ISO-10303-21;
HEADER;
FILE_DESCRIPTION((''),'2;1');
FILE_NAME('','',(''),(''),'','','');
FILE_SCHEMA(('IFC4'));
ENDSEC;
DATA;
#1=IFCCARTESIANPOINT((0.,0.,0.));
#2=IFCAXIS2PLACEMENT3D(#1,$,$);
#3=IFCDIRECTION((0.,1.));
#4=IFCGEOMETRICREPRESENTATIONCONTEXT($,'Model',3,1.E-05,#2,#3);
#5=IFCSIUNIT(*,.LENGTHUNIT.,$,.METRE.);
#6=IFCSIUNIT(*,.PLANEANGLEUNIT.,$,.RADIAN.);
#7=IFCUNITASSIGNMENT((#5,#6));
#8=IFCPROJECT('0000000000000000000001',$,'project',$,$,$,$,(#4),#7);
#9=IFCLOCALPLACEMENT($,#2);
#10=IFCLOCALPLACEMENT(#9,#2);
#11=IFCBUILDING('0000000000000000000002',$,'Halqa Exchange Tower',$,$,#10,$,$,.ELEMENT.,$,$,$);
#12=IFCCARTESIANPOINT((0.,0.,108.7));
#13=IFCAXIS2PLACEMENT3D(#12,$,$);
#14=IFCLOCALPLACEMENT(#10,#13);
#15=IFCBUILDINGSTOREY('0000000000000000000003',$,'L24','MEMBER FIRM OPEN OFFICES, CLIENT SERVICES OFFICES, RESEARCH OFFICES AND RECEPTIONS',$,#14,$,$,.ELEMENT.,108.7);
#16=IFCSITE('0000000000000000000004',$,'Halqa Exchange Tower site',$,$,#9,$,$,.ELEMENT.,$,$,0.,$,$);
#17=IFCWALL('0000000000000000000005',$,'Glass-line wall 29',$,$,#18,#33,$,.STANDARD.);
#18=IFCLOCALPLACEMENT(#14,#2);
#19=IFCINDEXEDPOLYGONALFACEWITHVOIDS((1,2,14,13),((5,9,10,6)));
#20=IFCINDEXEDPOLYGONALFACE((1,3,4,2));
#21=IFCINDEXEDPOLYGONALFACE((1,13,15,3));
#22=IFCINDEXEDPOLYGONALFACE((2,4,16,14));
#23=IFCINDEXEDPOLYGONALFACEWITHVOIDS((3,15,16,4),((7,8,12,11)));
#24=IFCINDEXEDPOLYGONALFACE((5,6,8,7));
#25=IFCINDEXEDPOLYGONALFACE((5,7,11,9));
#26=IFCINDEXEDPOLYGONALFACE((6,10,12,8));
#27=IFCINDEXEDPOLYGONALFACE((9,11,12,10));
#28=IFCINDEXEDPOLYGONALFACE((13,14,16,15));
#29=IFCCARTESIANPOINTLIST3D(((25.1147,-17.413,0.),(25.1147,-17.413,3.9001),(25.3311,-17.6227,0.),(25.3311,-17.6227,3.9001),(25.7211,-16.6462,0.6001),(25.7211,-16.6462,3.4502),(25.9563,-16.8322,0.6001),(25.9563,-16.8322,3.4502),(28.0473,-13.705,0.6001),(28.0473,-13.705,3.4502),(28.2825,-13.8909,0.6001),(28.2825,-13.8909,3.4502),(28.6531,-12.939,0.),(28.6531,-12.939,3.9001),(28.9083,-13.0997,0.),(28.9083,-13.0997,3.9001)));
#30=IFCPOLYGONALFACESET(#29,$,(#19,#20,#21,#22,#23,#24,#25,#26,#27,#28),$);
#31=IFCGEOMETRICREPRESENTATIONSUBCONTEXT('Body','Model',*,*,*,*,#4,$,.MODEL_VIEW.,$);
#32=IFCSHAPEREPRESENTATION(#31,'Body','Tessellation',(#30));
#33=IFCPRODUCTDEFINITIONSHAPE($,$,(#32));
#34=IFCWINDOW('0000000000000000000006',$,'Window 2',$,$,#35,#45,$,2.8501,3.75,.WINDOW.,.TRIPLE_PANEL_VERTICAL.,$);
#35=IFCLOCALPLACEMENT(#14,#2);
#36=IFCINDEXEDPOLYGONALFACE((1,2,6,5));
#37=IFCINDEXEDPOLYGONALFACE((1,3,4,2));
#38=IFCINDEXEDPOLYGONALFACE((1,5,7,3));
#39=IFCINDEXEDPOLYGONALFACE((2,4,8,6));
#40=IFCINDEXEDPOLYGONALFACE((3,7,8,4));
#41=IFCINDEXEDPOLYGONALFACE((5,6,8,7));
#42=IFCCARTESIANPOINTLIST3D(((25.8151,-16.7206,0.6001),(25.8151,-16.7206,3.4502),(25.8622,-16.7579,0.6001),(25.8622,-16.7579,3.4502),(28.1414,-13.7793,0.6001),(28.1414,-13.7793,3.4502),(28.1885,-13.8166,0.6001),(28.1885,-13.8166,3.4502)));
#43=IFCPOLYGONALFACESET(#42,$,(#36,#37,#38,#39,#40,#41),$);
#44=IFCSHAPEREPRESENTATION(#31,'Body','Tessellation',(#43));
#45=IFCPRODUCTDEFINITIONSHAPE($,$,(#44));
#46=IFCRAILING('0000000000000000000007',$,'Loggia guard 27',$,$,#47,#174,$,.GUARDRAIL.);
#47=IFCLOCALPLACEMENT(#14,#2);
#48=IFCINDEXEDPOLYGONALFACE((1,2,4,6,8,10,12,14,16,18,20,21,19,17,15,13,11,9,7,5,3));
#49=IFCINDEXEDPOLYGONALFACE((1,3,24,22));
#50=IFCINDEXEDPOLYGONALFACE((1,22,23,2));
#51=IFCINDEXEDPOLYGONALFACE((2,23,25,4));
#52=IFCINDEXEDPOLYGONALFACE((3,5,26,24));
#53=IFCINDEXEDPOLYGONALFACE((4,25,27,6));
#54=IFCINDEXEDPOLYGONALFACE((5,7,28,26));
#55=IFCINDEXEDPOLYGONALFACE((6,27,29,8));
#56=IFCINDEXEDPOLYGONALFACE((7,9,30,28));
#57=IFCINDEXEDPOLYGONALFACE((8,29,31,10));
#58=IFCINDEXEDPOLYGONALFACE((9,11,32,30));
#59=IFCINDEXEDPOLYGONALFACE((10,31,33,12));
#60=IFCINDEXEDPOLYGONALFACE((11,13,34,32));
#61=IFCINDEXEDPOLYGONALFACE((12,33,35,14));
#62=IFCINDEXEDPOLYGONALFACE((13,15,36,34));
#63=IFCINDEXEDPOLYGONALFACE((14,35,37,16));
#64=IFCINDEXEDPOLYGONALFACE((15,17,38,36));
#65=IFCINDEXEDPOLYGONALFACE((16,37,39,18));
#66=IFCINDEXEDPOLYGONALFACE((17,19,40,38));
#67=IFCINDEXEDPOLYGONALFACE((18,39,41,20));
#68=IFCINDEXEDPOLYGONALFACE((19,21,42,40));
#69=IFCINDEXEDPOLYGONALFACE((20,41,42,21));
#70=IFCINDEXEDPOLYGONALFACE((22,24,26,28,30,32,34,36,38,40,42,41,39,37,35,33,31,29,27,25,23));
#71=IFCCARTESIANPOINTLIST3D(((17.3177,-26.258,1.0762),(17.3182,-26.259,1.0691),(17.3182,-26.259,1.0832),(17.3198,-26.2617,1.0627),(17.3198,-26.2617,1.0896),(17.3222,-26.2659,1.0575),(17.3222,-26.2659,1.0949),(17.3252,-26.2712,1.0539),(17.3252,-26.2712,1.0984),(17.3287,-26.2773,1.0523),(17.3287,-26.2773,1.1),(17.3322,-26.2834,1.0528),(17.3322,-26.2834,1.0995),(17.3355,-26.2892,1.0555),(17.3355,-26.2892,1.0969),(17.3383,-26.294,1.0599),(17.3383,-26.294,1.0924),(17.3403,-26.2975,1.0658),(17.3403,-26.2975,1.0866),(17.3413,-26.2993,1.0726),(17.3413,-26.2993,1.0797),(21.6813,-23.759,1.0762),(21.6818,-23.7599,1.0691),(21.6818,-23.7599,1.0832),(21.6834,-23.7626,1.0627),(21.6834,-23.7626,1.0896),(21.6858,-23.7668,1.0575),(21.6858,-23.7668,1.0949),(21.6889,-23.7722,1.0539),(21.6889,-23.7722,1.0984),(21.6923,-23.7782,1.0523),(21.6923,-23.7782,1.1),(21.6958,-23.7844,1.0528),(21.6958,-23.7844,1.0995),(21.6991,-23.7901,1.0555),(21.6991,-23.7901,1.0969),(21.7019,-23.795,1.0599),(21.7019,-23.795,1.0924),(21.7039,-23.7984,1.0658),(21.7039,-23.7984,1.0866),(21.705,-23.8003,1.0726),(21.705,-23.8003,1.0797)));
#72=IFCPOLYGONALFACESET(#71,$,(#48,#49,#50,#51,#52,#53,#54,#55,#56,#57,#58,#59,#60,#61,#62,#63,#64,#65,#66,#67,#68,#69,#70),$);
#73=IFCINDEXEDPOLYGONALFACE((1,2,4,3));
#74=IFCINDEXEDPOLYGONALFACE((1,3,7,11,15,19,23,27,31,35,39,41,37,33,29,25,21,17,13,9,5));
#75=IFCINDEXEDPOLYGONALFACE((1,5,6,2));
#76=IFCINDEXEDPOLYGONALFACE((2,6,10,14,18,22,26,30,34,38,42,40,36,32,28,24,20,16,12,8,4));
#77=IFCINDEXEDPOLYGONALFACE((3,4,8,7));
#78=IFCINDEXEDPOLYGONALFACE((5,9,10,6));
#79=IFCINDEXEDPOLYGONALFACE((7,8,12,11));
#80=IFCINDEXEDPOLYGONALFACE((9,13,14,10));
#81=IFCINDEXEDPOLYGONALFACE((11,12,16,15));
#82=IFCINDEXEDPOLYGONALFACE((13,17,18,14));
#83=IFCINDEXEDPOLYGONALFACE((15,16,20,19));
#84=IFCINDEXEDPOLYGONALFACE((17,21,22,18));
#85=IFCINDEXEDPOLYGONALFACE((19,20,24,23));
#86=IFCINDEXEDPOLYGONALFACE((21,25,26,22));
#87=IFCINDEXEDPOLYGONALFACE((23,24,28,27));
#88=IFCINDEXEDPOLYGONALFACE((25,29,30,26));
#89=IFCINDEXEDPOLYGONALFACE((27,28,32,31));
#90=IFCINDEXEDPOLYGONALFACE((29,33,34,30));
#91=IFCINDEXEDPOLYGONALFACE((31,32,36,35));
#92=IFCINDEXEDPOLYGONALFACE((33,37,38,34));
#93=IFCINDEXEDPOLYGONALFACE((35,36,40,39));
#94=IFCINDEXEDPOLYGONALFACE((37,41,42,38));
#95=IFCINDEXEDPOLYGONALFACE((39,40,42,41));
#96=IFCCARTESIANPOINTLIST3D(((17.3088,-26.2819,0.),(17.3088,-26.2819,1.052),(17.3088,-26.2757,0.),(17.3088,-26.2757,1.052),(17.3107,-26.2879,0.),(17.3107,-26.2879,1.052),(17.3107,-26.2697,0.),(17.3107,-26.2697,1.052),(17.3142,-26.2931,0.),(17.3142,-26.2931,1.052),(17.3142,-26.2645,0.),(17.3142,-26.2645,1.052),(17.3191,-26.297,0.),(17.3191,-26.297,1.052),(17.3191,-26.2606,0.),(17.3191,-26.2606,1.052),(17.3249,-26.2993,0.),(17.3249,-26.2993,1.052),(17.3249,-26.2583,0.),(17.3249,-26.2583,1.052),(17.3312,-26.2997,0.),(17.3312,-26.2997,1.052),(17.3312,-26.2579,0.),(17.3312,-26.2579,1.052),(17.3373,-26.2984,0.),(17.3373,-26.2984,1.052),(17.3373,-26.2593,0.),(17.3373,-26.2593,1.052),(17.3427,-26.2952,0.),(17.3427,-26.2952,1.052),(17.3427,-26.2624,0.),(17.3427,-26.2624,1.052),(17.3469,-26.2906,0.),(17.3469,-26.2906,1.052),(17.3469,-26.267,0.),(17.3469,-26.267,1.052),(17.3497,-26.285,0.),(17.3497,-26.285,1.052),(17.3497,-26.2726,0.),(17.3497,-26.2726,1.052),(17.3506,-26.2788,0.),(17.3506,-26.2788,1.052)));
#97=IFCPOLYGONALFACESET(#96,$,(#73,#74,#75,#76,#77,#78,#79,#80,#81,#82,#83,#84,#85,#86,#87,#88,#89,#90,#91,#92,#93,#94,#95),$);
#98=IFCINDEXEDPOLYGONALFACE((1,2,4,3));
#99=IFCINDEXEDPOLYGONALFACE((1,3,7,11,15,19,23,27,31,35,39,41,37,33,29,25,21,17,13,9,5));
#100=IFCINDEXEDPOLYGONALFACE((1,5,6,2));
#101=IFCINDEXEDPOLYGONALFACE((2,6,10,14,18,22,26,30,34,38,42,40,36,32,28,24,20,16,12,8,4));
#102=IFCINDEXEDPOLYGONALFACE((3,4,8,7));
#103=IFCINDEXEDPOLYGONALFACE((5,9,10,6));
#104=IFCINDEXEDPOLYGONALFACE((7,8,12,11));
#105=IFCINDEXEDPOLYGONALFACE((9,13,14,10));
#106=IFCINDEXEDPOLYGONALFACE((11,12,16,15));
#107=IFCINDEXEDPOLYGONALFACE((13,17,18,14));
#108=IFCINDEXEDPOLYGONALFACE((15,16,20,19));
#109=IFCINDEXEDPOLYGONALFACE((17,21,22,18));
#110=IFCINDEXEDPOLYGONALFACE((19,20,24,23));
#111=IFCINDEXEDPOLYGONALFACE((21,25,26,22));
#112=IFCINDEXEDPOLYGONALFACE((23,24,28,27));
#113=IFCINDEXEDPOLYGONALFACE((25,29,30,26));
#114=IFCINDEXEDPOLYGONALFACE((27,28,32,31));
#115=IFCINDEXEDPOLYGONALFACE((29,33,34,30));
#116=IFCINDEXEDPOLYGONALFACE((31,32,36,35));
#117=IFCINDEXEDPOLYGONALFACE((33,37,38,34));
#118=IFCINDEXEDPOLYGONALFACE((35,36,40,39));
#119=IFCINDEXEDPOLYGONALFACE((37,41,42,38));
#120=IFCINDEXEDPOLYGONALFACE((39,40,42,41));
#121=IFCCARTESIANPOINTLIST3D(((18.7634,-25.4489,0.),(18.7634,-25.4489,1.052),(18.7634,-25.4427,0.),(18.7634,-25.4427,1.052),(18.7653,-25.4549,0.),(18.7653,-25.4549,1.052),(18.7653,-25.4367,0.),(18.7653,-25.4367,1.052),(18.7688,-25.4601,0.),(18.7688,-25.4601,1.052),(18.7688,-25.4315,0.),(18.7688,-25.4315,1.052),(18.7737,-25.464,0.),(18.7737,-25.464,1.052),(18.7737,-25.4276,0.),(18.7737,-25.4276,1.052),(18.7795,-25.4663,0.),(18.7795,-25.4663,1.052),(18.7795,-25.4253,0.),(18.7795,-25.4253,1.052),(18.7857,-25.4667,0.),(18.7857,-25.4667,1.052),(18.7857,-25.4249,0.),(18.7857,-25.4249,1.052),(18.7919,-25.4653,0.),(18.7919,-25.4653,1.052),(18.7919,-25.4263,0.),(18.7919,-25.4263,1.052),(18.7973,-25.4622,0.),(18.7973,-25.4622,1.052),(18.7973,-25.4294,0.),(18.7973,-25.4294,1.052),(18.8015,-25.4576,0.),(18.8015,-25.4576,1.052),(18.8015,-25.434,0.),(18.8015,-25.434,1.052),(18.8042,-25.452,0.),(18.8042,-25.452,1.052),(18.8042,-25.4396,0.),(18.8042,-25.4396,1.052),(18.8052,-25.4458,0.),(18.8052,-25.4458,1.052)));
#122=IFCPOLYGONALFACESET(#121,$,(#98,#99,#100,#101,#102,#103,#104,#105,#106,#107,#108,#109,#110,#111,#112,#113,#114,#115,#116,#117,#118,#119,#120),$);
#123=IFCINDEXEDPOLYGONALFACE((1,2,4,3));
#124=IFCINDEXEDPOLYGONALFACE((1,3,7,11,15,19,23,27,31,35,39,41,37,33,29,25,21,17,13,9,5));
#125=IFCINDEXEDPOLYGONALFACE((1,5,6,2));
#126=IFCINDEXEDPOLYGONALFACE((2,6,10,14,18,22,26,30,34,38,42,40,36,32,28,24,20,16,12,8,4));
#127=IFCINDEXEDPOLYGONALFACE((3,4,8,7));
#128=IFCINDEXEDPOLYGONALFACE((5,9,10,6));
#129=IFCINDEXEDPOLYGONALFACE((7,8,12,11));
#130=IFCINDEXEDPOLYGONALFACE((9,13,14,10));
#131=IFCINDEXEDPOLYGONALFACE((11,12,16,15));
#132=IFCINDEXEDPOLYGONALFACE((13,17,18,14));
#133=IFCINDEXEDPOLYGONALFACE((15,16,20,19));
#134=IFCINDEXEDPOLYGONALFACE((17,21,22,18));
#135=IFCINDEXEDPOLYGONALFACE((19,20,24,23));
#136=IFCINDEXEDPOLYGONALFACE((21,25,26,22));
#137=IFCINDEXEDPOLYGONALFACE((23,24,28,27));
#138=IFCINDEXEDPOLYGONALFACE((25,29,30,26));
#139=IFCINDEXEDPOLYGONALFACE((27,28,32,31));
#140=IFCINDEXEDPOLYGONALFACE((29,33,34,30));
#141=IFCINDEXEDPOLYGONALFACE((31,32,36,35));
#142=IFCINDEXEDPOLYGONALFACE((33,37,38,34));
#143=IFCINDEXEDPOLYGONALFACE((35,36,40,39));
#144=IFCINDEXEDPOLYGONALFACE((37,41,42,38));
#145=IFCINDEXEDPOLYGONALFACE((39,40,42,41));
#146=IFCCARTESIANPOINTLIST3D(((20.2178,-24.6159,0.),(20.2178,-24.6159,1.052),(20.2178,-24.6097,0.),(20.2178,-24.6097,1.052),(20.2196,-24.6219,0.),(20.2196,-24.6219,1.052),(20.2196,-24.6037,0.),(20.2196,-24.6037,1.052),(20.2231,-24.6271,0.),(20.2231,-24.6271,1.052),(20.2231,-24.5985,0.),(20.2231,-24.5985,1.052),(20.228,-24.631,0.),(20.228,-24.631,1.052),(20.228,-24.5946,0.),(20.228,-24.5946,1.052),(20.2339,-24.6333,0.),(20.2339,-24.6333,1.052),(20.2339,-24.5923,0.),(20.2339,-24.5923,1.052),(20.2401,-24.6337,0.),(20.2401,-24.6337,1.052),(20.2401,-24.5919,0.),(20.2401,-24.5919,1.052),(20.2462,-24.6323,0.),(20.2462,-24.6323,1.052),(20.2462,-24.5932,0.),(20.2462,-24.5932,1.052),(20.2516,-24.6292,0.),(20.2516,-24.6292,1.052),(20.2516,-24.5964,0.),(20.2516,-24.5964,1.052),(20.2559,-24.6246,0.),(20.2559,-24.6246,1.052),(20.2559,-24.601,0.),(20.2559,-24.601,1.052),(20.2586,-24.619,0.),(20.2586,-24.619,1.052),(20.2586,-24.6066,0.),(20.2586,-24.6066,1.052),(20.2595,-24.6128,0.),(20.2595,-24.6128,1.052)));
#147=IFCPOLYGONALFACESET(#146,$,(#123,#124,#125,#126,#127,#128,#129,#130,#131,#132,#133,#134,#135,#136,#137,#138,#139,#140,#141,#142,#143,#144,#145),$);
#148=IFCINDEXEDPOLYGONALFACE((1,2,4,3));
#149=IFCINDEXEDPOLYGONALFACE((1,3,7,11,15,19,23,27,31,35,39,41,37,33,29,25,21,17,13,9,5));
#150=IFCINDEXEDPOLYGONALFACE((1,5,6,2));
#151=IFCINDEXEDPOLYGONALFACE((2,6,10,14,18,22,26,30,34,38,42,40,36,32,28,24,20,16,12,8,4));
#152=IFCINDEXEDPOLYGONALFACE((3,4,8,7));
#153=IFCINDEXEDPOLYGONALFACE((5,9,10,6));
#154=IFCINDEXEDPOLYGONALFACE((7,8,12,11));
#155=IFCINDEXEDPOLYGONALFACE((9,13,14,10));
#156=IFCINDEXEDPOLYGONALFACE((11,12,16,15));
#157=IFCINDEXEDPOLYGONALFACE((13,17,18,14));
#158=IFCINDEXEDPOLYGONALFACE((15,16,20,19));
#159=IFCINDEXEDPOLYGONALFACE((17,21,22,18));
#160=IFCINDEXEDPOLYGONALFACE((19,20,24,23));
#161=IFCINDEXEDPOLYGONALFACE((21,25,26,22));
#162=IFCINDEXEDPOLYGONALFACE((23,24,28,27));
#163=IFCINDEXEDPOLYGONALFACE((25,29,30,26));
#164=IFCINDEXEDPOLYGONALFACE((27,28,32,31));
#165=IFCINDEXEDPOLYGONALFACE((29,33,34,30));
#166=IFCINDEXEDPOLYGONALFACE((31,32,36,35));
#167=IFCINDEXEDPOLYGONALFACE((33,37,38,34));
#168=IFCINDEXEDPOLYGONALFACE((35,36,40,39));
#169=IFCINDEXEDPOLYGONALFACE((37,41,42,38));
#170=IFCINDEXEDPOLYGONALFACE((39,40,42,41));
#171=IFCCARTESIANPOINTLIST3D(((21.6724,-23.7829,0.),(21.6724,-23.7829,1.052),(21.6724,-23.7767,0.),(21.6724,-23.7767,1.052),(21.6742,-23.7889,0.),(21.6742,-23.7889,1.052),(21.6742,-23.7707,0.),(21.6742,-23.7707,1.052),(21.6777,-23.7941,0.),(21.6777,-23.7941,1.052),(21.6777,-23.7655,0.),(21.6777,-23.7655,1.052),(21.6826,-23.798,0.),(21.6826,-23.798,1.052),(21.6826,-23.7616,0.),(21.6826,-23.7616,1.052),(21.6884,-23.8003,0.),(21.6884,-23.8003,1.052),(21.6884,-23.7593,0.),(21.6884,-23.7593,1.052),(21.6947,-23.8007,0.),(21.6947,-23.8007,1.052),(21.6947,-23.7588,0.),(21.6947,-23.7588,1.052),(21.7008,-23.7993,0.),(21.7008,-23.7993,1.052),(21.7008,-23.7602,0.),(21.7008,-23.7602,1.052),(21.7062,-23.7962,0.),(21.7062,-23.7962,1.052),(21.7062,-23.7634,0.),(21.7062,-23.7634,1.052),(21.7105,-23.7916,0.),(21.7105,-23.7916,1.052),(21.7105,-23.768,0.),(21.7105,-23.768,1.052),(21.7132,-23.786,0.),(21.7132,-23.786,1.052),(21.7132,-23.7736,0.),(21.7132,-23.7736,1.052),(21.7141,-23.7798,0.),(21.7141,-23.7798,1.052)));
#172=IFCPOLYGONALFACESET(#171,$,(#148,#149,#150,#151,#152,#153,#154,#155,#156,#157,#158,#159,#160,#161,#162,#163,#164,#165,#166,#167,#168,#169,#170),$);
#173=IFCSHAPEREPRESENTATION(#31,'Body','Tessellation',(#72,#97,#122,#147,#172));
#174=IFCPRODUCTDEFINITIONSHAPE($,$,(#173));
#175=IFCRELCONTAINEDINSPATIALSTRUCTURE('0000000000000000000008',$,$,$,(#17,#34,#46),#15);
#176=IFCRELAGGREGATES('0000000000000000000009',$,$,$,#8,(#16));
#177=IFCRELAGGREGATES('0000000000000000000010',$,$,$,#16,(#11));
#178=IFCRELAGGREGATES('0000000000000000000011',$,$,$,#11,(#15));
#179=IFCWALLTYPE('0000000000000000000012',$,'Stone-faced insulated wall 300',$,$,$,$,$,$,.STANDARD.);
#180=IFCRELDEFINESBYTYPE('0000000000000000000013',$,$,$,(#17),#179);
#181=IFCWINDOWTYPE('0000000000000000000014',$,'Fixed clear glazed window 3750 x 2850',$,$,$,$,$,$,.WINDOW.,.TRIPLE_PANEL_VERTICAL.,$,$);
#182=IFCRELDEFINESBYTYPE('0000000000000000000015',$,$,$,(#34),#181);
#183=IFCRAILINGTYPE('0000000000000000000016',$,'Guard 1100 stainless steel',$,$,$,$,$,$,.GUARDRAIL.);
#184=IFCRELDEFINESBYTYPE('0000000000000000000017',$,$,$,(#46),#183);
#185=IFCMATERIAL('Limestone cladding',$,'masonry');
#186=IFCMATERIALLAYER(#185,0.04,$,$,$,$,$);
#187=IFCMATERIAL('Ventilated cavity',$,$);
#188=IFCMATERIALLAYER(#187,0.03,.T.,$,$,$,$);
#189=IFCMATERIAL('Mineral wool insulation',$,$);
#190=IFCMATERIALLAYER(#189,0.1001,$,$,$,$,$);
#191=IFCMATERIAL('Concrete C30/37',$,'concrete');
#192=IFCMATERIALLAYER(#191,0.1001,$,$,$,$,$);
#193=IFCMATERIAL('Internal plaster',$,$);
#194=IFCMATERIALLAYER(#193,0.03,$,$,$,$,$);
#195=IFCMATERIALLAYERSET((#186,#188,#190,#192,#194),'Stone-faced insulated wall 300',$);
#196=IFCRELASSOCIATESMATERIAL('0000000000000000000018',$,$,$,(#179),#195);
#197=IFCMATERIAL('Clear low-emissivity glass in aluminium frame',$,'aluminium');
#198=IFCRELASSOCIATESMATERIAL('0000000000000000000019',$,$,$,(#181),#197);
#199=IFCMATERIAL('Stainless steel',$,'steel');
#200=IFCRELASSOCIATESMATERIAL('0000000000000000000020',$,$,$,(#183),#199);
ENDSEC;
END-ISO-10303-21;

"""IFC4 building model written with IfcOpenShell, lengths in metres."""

from ifc_helpers import new_model, si_unit, direction, frame, frame_2d, origin, origin_2d, place, context, subcontext, project, spatial, polyline, rectangle, circle, outline, extrude, material, layer, layer_set, type_object, element, fill, save


model = new_model("IFC4")

# Units and contexts
model_context = context("Model", 3, precision=1e-05, world=origin(), true_north=direction((0.0, 1.0)))
body_context = subcontext(model_context, "Body", "Model", "MODEL_VIEW")
ifc_project = project(units=[si_unit("LENGTHUNIT", "METRE"), si_unit("PLANEANGLEUNIT", "RADIAN")], contexts=[model_context])

# Site, building, storey
site_placement = place(None, origin())
site = spatial("IfcSite", under=ifc_project, at=site_placement, Name="Halqa Exchange Tower site", CompositionType="ELEMENT", RefElevation=0.0)
building_placement = place(site_placement, origin())
building = spatial("IfcBuilding", under=site, at=building_placement, Name="Halqa Exchange Tower", CompositionType="ELEMENT")
storey_placement = place(building_placement, frame((0.0, 0.0, 108.7)))
storey = spatial("IfcBuildingStorey", under=building, at=storey_placement, Name="L24", Description="MEMBER FIRM OPEN OFFICES, CLIENT SERVICES OFFICES, RESEARCH OFFICES AND RECEPTIONS", CompositionType="ELEMENT", Elevation=108.7)

# Shared definitions
ifc_material_1 = material(Name="Limestone cladding", Category="masonry")
ifc_layer_1 = layer(ifc_material_1, 0.04)
ifc_material_2 = material(Name="Ventilated cavity")
ifc_layer_2 = layer(ifc_material_2, 0.03, ventilated=True)
ifc_material_3 = material(Name="Mineral wool insulation")
ifc_layer_3 = layer(ifc_material_3, 0.1001)
ifc_material_4 = material(Name="Concrete C30/37", Category="concrete")
ifc_layer_4 = layer(ifc_material_4, 0.1001)
ifc_material_5 = material(Name="Internal plaster")
ifc_layer_5 = layer(ifc_material_5, 0.03)
ifc_layer_set_1 = layer_set([ifc_layer_1, ifc_layer_2, ifc_layer_3, ifc_layer_4, ifc_layer_5], Name="Stone-faced insulated wall 300")
wall_type_1 = type_object("IfcWallType", Name="Stone-faced insulated wall 300", PredefinedType="STANDARD", material=ifc_layer_set_1)
ifc_material_6 = material(Name="Clear low-emissivity glass in aluminium frame", Category="aluminium")
window_type = type_object("IfcWindowType", Name="Fixed clear glazed window 3750 x 2850", PartitioningType="TRIPLE_PANEL_VERTICAL", PredefinedType="WINDOW", material=ifc_material_6)

# Wall, opening, window
wall_1_placement = place(storey_placement, frame((25.2229, -17.5178, 0.0), z_axis=(0.0, 0.0, 1.0), x_axis=(0.62033, 0.784341, 0.0)))
wall_1 = element("IfcWall", 1, at=wall_1_placement, inside=storey, type_object=wall_type_1, Name="Glass-line wall 29", PredefinedType="STANDARD", context=body_context, shape_type="SweptSolid", body=[
    extrude(outline(polyline([(-0.0151, -0.1499), (5.7515, -0.1499), (5.7192, 0.1499), (0.0151, 0.1499), (-0.0151, -0.1499)])), origin(), (0.0, 0.0, 1.0), 3.9001),
])
opening_1_placement = place(wall_1_placement, frame((0.9927, 0.0, 0.6001)))
opening_1 = element("IfcOpeningElement", 2, at=opening_1_placement, cuts=wall_1, PredefinedType="OPENING", context=body_context, shape_type="SweptSolid", body=[
    extrude(rectangle(XDim=3.75, YDim=2.8501, at=frame_2d((1.875, 1.425))), frame((0.0, 0.1621, 0.0), z_axis=(0.0, -1.0, 0.0), x_axis=(1.0, 0.0, 0.0)), (0.0, 0.0, 1.0), 0.324),
])
window_1_placement = place(opening_1_placement, origin())
window_1 = element("IfcWindow", 3, at=window_1_placement, inside=storey, type_object=window_type, Name="Window 2", OverallHeight=2.8501, OverallWidth=3.75, PartitioningType="TRIPLE_PANEL_VERTICAL", PredefinedType="WINDOW", context=body_context, shape_type="SweptSolid", body=[
    extrude(rectangle(XDim=3.75, YDim=2.8501, at=frame_2d((1.875, 1.425))), frame((0.0, 0.03, 0.0), z_axis=(0.0, -1.0, 0.0), x_axis=(1.0, 0.0, 0.0)), (0.0, 0.0, 1.0), 0.0601),
])
fill(opening_1, window_1)

# Railing
ifc_material_7 = material(Name="Stainless steel", Category="steel")
railing_type = type_object("IfcRailingType", Name="Guard 1100 stainless steel", PredefinedType="GUARDRAIL", material=ifc_material_7)
railing_1_placement = place(storey_placement, frame((17.3296, -26.2788, 0.0)))
element("IfcRailing", 4, at=railing_1_placement, inside=storey, type_object=railing_type, Name="Loggia guard 27", PredefinedType="GUARDRAIL", context=body_context, shape_type="SweptSolid", body=[
    extrude(circle(Radius=0.0239, at=origin_2d()), frame((0.0, 0.0, 1.0762), z_axis=(0.867765, 0.496975, 0.0), x_axis=(-0.496975, 0.867765, 0.0)), (0.0, 0.0, 1.0), 5.0286),
    extrude(circle(Radius=0.021, at=origin_2d()), origin(), (0.0, 0.0, 1.0), 1.052),
    extrude(circle(Radius=0.021, at=origin_2d()), frame((1.4546, 0.833, 0.0)), (0.0, 0.0, 1.0), 1.052),
    extrude(circle(Radius=0.021, at=origin_2d()), frame((2.9089, 1.666, 0.0)), (0.0, 0.0, 1.0), 1.052),
    extrude(circle(Radius=0.021, at=origin_2d()), frame((4.3635, 2.499, 0.0)), (0.0, 0.0, 1.0), 1.052),
])

save(model, "model.ifc")
